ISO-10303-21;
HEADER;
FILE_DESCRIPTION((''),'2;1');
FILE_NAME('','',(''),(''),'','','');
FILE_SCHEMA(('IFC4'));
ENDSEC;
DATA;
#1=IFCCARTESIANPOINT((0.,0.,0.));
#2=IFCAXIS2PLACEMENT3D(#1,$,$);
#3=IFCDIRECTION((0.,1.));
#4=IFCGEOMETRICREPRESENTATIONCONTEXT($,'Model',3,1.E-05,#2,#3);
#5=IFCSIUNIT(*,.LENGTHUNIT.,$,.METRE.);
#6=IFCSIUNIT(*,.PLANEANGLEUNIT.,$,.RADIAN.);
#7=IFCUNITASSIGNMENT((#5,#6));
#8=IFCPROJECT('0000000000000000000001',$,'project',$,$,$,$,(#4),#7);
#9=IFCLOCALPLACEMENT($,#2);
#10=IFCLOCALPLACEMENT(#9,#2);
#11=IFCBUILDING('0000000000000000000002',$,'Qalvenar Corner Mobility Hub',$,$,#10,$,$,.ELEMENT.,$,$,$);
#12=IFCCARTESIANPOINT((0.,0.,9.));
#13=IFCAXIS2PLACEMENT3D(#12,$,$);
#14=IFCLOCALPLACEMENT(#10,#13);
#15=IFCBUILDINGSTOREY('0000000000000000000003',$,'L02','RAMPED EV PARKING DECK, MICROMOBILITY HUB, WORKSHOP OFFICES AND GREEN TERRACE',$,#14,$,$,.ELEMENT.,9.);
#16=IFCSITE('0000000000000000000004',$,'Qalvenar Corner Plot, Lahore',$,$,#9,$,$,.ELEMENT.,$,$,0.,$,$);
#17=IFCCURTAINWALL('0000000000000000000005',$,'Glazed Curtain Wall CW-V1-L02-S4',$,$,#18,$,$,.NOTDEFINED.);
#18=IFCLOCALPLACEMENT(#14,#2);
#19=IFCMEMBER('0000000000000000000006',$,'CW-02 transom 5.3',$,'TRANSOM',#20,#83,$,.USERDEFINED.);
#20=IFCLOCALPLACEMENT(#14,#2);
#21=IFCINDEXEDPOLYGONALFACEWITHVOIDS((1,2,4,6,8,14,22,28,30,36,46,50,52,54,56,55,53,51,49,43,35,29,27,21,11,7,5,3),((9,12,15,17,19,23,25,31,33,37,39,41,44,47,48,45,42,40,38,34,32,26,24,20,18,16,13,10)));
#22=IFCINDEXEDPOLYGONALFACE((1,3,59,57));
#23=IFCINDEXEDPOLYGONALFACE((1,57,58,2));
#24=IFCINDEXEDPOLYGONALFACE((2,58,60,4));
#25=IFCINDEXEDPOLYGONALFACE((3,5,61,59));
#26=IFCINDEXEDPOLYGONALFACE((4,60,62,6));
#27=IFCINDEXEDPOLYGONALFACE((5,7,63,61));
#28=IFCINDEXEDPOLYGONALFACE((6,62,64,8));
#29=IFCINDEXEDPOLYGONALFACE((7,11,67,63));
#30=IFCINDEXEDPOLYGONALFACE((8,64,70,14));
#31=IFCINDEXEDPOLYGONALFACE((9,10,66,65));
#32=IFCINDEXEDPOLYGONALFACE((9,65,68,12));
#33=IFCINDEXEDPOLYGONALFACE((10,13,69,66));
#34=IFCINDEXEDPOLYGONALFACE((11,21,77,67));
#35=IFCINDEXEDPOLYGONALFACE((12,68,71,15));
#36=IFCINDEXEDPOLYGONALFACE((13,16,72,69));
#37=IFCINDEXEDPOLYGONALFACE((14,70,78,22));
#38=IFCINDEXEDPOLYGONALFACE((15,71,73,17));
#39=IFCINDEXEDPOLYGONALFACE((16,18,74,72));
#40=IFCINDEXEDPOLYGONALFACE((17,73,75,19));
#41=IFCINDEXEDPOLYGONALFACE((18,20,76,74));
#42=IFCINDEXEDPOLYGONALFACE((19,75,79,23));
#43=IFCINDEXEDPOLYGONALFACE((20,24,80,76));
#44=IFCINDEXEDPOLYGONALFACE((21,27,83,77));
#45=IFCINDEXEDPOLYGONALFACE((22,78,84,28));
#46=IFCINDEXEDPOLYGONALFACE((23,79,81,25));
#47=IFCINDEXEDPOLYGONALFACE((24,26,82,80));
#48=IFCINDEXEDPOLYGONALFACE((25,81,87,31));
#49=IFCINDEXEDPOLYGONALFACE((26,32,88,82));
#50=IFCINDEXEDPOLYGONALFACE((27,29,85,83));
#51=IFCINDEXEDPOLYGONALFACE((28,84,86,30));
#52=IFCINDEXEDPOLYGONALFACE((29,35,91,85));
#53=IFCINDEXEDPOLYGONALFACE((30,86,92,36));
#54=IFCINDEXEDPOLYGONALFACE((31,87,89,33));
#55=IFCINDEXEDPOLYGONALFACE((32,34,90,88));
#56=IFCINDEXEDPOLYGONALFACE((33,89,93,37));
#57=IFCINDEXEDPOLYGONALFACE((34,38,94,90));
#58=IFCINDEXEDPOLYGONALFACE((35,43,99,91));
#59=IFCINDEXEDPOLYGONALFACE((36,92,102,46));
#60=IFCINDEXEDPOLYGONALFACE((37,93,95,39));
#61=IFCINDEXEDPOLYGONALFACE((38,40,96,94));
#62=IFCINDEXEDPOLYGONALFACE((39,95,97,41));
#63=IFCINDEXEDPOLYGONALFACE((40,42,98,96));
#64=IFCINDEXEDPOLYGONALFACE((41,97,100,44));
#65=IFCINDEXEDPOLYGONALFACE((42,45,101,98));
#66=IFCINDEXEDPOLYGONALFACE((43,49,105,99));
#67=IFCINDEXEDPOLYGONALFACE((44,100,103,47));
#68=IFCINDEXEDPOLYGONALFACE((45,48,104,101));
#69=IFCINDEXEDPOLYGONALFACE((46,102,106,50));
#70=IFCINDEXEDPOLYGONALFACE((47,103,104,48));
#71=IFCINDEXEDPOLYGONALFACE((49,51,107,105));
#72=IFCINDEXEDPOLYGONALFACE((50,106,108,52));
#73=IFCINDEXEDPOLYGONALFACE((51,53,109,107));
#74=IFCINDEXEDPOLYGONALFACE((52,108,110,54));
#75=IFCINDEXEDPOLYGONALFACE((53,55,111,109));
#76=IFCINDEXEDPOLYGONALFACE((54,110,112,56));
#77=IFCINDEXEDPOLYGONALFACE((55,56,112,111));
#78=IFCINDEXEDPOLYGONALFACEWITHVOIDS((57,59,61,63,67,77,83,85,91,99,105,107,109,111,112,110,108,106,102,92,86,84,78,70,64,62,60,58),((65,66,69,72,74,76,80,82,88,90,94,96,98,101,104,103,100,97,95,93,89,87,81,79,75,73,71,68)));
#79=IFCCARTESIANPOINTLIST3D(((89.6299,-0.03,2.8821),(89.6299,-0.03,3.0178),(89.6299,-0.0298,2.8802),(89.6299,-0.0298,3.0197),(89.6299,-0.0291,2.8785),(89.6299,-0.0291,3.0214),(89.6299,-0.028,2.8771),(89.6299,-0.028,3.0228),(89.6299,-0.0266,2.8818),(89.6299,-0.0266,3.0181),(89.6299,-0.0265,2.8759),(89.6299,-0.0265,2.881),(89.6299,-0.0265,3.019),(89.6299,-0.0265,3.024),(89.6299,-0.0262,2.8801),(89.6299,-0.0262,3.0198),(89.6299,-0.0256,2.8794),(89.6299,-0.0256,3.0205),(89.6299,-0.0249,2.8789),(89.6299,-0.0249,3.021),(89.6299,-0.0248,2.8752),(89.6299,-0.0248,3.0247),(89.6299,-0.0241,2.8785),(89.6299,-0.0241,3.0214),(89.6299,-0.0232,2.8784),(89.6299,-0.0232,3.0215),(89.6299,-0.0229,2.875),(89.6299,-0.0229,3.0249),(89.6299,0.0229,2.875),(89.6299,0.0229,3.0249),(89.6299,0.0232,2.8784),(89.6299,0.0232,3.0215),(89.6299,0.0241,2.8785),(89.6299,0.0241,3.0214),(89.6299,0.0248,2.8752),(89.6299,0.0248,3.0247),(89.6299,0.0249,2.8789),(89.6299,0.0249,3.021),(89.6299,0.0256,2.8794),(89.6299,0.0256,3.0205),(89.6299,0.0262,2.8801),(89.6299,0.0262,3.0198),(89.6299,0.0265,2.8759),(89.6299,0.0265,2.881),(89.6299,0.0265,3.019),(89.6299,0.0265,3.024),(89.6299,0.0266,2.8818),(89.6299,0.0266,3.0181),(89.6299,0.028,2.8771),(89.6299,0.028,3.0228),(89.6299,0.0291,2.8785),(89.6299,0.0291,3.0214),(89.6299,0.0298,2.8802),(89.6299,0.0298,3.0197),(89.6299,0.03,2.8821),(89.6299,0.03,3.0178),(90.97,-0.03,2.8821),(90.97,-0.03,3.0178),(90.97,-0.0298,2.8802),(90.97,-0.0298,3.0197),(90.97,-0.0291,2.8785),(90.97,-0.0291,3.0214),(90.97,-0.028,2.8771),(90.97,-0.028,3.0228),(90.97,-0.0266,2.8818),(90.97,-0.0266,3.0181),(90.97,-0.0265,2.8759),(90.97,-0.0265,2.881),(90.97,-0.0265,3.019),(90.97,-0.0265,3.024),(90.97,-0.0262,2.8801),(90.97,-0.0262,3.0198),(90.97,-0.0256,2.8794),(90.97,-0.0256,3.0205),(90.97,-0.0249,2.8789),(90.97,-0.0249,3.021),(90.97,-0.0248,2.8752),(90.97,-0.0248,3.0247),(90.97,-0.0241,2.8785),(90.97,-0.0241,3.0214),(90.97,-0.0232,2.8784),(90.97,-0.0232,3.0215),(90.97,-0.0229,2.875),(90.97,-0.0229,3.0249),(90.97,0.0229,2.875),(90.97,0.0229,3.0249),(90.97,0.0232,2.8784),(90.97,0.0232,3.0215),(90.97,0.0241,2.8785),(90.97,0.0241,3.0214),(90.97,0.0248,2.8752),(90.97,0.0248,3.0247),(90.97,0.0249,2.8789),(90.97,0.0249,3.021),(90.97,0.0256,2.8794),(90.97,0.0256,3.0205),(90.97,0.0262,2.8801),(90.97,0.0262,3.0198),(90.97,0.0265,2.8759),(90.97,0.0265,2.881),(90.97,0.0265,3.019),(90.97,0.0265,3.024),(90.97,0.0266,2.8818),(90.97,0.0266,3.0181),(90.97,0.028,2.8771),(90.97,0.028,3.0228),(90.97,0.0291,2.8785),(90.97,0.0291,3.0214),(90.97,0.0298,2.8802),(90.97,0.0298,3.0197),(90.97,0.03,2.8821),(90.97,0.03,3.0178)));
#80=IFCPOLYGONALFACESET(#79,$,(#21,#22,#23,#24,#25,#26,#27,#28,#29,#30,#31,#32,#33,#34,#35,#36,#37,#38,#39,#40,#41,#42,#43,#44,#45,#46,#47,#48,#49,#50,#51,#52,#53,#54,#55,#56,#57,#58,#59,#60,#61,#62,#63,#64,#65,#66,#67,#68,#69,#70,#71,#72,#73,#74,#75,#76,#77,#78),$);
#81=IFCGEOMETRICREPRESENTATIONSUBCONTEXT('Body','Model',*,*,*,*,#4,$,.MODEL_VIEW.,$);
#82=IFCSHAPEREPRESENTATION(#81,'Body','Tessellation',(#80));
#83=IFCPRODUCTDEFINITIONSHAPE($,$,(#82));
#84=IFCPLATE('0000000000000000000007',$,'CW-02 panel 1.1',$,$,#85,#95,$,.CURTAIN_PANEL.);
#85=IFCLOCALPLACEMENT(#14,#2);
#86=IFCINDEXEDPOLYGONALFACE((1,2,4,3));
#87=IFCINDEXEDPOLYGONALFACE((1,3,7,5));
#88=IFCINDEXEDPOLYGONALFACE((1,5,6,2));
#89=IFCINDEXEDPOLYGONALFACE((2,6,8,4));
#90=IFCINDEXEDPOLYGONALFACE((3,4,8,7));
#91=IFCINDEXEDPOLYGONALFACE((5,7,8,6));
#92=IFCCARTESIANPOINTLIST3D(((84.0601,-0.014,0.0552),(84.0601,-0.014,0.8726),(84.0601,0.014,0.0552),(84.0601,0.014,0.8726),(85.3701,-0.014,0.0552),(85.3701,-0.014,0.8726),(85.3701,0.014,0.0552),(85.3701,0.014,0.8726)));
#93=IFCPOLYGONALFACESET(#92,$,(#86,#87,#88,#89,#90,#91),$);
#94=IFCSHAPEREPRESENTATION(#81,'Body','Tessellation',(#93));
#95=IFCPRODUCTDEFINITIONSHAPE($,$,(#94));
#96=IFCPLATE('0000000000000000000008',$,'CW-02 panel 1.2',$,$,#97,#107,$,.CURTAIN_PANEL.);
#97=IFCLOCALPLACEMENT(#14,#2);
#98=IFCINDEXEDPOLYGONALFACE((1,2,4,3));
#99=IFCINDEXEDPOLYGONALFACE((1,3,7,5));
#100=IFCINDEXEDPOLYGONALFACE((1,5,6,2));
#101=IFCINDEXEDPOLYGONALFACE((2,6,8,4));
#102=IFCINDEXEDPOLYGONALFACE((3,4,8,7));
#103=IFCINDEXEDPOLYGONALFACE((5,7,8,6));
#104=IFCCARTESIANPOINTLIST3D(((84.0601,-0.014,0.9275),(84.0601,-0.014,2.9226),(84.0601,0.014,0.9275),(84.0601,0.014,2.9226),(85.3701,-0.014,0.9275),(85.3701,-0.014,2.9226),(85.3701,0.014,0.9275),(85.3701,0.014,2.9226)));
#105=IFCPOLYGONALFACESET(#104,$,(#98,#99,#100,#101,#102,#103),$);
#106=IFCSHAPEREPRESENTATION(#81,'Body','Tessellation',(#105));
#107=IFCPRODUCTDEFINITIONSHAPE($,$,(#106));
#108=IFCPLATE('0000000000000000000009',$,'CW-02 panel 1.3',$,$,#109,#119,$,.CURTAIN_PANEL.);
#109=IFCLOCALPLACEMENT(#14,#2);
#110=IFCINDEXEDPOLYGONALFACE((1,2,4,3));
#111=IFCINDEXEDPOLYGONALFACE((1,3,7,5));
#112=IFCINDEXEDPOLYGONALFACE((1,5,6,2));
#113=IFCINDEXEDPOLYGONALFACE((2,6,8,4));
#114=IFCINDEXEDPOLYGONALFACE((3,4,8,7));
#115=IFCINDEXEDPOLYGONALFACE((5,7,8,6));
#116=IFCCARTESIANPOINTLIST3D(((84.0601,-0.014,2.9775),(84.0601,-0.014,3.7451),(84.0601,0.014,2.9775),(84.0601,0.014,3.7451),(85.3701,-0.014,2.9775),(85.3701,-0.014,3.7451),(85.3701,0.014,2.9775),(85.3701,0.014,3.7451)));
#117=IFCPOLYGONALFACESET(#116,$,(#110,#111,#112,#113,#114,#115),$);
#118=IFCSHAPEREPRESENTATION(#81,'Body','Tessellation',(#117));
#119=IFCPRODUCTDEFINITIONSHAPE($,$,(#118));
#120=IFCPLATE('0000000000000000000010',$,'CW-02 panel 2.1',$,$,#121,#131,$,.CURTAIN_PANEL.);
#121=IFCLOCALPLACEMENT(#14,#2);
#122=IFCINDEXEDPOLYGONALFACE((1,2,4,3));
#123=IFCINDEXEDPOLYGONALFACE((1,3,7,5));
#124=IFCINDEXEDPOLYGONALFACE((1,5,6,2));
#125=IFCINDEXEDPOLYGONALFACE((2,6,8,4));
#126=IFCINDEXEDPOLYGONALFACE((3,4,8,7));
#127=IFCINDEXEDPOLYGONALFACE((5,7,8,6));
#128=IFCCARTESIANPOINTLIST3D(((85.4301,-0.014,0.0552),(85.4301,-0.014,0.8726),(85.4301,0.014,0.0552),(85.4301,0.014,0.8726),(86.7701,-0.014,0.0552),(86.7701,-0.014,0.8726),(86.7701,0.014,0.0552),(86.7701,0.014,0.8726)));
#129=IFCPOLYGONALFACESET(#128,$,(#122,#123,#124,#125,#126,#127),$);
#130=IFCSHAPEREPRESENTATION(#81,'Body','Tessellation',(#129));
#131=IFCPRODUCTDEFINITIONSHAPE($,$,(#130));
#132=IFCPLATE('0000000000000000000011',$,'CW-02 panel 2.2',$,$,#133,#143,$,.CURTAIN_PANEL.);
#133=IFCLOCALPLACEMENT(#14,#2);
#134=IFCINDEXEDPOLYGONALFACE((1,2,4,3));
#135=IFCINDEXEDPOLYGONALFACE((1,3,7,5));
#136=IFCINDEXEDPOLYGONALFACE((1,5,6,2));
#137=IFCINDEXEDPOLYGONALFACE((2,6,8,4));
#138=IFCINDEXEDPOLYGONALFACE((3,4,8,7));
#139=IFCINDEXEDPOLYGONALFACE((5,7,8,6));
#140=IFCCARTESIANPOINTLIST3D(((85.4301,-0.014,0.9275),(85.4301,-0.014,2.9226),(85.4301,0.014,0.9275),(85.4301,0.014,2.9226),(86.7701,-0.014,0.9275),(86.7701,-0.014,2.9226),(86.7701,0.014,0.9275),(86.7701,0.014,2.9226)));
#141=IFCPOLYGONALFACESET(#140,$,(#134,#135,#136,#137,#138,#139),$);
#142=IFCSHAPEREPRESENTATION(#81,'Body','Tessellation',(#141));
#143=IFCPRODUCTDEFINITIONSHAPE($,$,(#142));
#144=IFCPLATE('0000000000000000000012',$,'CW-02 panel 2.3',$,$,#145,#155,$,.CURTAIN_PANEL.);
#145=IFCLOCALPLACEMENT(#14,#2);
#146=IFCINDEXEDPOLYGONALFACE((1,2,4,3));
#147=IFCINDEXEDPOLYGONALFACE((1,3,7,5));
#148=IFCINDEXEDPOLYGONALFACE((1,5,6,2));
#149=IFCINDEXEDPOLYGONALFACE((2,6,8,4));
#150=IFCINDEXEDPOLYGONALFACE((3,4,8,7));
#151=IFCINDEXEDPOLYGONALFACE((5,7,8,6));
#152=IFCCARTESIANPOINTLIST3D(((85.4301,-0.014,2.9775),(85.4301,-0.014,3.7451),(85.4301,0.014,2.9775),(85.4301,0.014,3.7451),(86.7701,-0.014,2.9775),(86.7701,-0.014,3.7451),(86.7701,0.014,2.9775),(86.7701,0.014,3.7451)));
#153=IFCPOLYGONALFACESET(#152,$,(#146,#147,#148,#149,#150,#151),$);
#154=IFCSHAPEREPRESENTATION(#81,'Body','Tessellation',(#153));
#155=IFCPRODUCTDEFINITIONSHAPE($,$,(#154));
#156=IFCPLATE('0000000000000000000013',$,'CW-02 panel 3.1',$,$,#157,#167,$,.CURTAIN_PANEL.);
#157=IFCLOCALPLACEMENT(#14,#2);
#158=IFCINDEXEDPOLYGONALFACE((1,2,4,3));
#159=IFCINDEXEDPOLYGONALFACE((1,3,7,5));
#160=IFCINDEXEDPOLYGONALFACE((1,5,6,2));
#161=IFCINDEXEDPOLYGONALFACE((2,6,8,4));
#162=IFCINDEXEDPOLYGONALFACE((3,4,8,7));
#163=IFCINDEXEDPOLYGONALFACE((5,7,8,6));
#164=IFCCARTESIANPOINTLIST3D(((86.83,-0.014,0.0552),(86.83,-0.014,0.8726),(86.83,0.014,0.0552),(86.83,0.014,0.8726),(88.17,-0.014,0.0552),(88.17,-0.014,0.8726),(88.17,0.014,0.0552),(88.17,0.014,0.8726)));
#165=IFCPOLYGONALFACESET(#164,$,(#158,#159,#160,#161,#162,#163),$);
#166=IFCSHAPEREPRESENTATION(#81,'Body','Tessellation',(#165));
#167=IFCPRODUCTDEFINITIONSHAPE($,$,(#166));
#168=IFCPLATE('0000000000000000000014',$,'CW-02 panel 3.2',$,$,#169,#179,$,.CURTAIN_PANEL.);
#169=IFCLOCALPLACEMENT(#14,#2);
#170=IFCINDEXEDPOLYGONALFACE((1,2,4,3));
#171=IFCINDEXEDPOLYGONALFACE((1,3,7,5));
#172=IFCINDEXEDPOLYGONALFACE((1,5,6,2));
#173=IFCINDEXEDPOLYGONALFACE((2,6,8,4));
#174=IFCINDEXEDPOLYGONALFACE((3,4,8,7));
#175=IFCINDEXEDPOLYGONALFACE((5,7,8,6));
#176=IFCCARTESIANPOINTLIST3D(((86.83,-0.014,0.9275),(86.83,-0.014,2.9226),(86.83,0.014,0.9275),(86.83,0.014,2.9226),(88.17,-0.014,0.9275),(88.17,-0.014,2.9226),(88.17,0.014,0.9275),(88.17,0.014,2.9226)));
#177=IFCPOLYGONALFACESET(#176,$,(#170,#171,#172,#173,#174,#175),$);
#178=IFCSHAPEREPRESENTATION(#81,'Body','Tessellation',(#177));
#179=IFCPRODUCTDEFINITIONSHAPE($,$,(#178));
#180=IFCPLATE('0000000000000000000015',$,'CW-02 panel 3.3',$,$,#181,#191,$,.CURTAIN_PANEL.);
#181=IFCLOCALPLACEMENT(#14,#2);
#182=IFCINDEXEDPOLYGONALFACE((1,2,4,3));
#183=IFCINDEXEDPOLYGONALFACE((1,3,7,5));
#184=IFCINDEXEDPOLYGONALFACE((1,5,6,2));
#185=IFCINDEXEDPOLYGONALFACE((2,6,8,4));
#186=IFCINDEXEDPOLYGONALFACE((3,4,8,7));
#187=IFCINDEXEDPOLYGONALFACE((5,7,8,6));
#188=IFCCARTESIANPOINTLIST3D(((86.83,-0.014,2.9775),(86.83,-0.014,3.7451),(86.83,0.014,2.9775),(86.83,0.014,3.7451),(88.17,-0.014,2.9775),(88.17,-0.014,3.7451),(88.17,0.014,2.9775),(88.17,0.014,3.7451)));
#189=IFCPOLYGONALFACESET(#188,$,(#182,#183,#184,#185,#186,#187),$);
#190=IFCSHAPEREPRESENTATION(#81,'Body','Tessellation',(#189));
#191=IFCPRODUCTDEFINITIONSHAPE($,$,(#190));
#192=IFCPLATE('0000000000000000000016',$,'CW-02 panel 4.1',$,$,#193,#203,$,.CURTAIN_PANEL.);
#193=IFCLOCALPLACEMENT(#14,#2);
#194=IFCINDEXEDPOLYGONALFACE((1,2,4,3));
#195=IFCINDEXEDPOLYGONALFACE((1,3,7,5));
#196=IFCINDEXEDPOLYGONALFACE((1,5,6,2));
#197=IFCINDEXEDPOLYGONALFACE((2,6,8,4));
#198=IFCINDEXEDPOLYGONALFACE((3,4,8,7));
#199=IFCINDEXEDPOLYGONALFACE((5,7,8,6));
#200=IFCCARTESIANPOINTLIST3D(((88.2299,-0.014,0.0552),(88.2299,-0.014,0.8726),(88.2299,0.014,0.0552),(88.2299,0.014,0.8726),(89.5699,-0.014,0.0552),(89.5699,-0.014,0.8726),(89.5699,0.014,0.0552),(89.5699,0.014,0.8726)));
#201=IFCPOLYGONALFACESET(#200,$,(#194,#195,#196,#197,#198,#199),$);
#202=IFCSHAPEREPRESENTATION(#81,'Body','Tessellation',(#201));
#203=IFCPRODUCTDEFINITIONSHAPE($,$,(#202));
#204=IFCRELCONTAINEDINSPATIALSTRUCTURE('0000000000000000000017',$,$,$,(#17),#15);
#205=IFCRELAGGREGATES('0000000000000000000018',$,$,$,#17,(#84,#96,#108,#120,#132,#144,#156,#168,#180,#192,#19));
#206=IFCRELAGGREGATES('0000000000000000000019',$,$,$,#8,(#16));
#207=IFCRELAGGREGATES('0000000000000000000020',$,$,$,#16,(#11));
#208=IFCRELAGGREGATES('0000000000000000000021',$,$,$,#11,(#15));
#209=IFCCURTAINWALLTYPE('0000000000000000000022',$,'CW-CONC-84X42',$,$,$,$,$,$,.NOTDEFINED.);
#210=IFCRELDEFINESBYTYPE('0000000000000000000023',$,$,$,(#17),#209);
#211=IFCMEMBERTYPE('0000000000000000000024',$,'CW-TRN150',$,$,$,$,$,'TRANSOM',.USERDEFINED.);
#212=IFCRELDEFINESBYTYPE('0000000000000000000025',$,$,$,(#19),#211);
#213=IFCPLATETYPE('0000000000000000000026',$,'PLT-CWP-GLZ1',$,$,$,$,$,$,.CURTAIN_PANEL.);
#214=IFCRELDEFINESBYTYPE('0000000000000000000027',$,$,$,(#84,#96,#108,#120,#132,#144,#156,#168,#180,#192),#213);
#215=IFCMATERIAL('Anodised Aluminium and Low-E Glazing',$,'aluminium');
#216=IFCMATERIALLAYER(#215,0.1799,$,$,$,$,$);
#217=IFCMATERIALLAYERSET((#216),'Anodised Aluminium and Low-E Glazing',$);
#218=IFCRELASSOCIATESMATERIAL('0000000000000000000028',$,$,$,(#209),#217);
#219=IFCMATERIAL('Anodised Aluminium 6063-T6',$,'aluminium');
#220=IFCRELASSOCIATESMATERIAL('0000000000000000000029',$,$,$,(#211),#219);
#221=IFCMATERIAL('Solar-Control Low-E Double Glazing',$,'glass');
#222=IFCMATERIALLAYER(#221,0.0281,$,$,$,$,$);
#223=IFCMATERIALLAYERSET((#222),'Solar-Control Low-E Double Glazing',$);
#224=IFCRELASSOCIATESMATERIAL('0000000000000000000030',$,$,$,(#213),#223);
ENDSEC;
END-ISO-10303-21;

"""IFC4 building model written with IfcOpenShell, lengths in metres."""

from ifc_helpers import new_model, si_unit, direction, frame, origin, origin_2d, place, context, subcontext, project, spatial, rectangle, hollow_rectangle, extrude, material, layer, layer_set, material_profile, profile_set, type_object, element, aggregate, save


model = new_model("IFC4")

# Units and contexts
model_context = context("Model", 3, precision=1e-05, world=origin(), true_north=direction((0.0, 1.0)))
body_context = subcontext(model_context, "Body", "Model", "MODEL_VIEW")
ifc_project = project(units=[si_unit("LENGTHUNIT", "METRE"), si_unit("PLANEANGLEUNIT", "RADIAN")], contexts=[model_context])

# Site, building, storey
site_placement = place(None, origin())
site = spatial("IfcSite", under=ifc_project, at=site_placement, Name="Qalvenar Corner Plot, Lahore", CompositionType="ELEMENT", RefElevation=0.0)
building_placement = place(site_placement, origin())
building = spatial("IfcBuilding", under=site, at=building_placement, Name="Qalvenar Corner Mobility Hub", CompositionType="ELEMENT")
storey_placement = place(building_placement, frame((0.0, 0.0, 9.0)))
storey = spatial("IfcBuildingStorey", under=building, at=storey_placement, Name="L02", Description="RAMPED EV PARKING DECK, MICROMOBILITY HUB, WORKSHOP OFFICES AND GREEN TERRACE", CompositionType="ELEMENT", Elevation=9.0)

# Curtain wall, member, plates
ifc_material_1 = material(Name="Anodised Aluminium and Low-E Glazing", Category="aluminium")
ifc_layer_1 = layer(ifc_material_1, 0.1799)
ifc_layer_set_1 = layer_set([ifc_layer_1], Name="Anodised Aluminium and Low-E Glazing")
curtain_wall_type = type_object("IfcCurtainWallType", Name="CW-CONC-84X42", PredefinedType="NOTDEFINED", material=ifc_layer_set_1)
curtain_wall_placement = place(storey_placement, origin())
curtain_wall = element("IfcCurtainWall", 1, at=curtain_wall_placement, inside=storey, type_object=curtain_wall_type, Name="Glazed Curtain Wall CW-V1-L02-S4", PredefinedType="NOTDEFINED")
ifc_material_2 = material(Name="Anodised Aluminium 6063-T6", Category="aluminium")
ifc_material_profile_1 = material_profile(ifc_material_2, hollow_rectangle(XDim=0.0601, YDim=0.1499, WallThickness=0.0034, InnerFilletRadius=0.0034, OuterFilletRadius=0.0071, at=origin_2d()), Name="RHS150x60x3.5")
ifc_profile_set_1 = profile_set([ifc_material_profile_1], Name="Anodised Aluminium 6063-T6")
member_type_1 = type_object("IfcMemberType", Name="CW-TRN150", ElementType="TRANSOM", PredefinedType="USERDEFINED", material=ifc_profile_set_1)
member_1_placement = place(storey_placement, frame((89.6299, 0.0, 2.95), z_axis=(1.0, 0.0, 0.0), x_axis=(0.0, 1.0, 0.0)))
member_1 = element("IfcMember", 2, at=member_1_placement, type_object=member_type_1, Name="CW-02 transom 5.3", ObjectType="TRANSOM", PredefinedType="USERDEFINED", context=body_context, shape_type="SweptSolid", body=[
    extrude(hollow_rectangle(XDim=0.0601, YDim=0.1499, WallThickness=0.0034, InnerFilletRadius=0.0034, OuterFilletRadius=0.0071, at=origin_2d()), origin(), (0.0, 0.0, 1.0), 1.3401),
])
ifc_material_3 = material(Name="Solar-Control Low-E Double Glazing", Category="glass")
ifc_layer_2 = layer(ifc_material_3, 0.0281)
ifc_layer_set_2 = layer_set([ifc_layer_2], Name="Solar-Control Low-E Double Glazing")
plate_type = type_object("IfcPlateType", Name="PLT-CWP-GLZ1", PredefinedType="CURTAIN_PANEL", material=ifc_layer_set_2)
plate_1_placement = place(storey_placement, frame((84.7151, 0.0, 0.0552), z_axis=(0.0, 0.0, 1.0), x_axis=(1.0, 0.0, 0.0)))
plate_1 = element("IfcPlate", 3, at=plate_1_placement, type_object=plate_type, Name="CW-02 panel 1.1", PredefinedType="CURTAIN_PANEL", context=body_context, shape_type="SweptSolid", body=[
    extrude(rectangle(XDim=1.3101, YDim=0.0281, at=origin_2d()), origin(), (0.0, 0.0, 1.0), 0.8174),
])
plate_2_placement = place(storey_placement, frame((84.7151, 0.0, 0.9275), z_axis=(0.0, 0.0, 1.0), x_axis=(1.0, 0.0, 0.0)))
plate_2 = element("IfcPlate", 4, at=plate_2_placement, type_object=plate_type, Name="CW-02 panel 1.2", PredefinedType="CURTAIN_PANEL", context=body_context, shape_type="SweptSolid", body=[
    extrude(rectangle(XDim=1.3101, YDim=0.0281, at=origin_2d()), origin(), (0.0, 0.0, 1.0), 1.9951),
])
plate_3_placement = place(storey_placement, frame((84.7151, 0.0, 2.9775), z_axis=(0.0, 0.0, 1.0), x_axis=(1.0, 0.0, 0.0)))
plate_3 = element("IfcPlate", 5, at=plate_3_placement, type_object=plate_type, Name="CW-02 panel 1.3", PredefinedType="CURTAIN_PANEL", context=body_context, shape_type="SweptSolid", body=[
    extrude(rectangle(XDim=1.3101, YDim=0.0281, at=origin_2d()), origin(), (0.0, 0.0, 1.0), 0.7676),
])
plate_4_placement = place(storey_placement, frame((86.1001, 0.0, 0.0552), z_axis=(0.0, 0.0, 1.0), x_axis=(1.0, 0.0, 0.0)))
plate_4 = element("IfcPlate", 6, at=plate_4_placement, type_object=plate_type, Name="CW-02 panel 2.1", PredefinedType="CURTAIN_PANEL", context=body_context, shape_type="SweptSolid", body=[
    extrude(rectangle(XDim=1.3401, YDim=0.0281, at=origin_2d()), origin(), (0.0, 0.0, 1.0), 0.8174),
])
plate_5_placement = place(storey_placement, frame((86.1001, 0.0, 0.9275), z_axis=(0.0, 0.0, 1.0), x_axis=(1.0, 0.0, 0.0)))
plate_5 = element("IfcPlate", 7, at=plate_5_placement, type_object=plate_type, Name="CW-02 panel 2.2", PredefinedType="CURTAIN_PANEL", context=body_context, shape_type="SweptSolid", body=[
    extrude(rectangle(XDim=1.3401, YDim=0.0281, at=origin_2d()), origin(), (0.0, 0.0, 1.0), 1.9951),
])
plate_6_placement = place(storey_placement, frame((86.1001, 0.0, 2.9775), z_axis=(0.0, 0.0, 1.0), x_axis=(1.0, 0.0, 0.0)))
plate_6 = element("IfcPlate", 8, at=plate_6_placement, type_object=plate_type, Name="CW-02 panel 2.3", PredefinedType="CURTAIN_PANEL", context=body_context, shape_type="SweptSolid", body=[
    extrude(rectangle(XDim=1.3401, YDim=0.0281, at=origin_2d()), origin(), (0.0, 0.0, 1.0), 0.7676),
])
plate_7_placement = place(storey_placement, frame((87.5, 0.0, 0.0552), z_axis=(0.0, 0.0, 1.0), x_axis=(1.0, 0.0, 0.0)))
plate_7 = element("IfcPlate", 9, at=plate_7_placement, type_object=plate_type, Name="CW-02 panel 3.1", PredefinedType="CURTAIN_PANEL", context=body_context, shape_type="SweptSolid", body=[
    extrude(rectangle(XDim=1.3401, YDim=0.0281, at=origin_2d()), origin(), (0.0, 0.0, 1.0), 0.8174),
])
plate_8_placement = place(storey_placement, frame((87.5, 0.0, 0.9275), z_axis=(0.0, 0.0, 1.0), x_axis=(1.0, 0.0, 0.0)))
plate_8 = element("IfcPlate", 10, at=plate_8_placement, type_object=plate_type, Name="CW-02 panel 3.2", PredefinedType="CURTAIN_PANEL", context=body_context, shape_type="SweptSolid", body=[
    extrude(rectangle(XDim=1.3401, YDim=0.0281, at=origin_2d()), origin(), (0.0, 0.0, 1.0), 1.9951),
])
plate_9_placement = place(storey_placement, frame((87.5, 0.0, 2.9775), z_axis=(0.0, 0.0, 1.0), x_axis=(1.0, 0.0, 0.0)))
plate_9 = element("IfcPlate", 11, at=plate_9_placement, type_object=plate_type, Name="CW-02 panel 3.3", PredefinedType="CURTAIN_PANEL", context=body_context, shape_type="SweptSolid", body=[
    extrude(rectangle(XDim=1.3401, YDim=0.0281, at=origin_2d()), origin(), (0.0, 0.0, 1.0), 0.7676),
])
plate_10_placement = place(storey_placement, frame((88.8999, 0.0, 0.0552), z_axis=(0.0, 0.0, 1.0), x_axis=(1.0, 0.0, 0.0)))
plate_10 = element("IfcPlate", 12, at=plate_10_placement, type_object=plate_type, Name="CW-02 panel 4.1", PredefinedType="CURTAIN_PANEL", context=body_context, shape_type="SweptSolid", body=[
    extrude(rectangle(XDim=1.3401, YDim=0.0281, at=origin_2d()), origin(), (0.0, 0.0, 1.0), 0.8174),
])
aggregate(curtain_wall, [plate_1, plate_2, plate_3, plate_4, plate_5, plate_6, plate_7, plate_8, plate_9, plate_10, member_1])

save(model, "model.ifc")
